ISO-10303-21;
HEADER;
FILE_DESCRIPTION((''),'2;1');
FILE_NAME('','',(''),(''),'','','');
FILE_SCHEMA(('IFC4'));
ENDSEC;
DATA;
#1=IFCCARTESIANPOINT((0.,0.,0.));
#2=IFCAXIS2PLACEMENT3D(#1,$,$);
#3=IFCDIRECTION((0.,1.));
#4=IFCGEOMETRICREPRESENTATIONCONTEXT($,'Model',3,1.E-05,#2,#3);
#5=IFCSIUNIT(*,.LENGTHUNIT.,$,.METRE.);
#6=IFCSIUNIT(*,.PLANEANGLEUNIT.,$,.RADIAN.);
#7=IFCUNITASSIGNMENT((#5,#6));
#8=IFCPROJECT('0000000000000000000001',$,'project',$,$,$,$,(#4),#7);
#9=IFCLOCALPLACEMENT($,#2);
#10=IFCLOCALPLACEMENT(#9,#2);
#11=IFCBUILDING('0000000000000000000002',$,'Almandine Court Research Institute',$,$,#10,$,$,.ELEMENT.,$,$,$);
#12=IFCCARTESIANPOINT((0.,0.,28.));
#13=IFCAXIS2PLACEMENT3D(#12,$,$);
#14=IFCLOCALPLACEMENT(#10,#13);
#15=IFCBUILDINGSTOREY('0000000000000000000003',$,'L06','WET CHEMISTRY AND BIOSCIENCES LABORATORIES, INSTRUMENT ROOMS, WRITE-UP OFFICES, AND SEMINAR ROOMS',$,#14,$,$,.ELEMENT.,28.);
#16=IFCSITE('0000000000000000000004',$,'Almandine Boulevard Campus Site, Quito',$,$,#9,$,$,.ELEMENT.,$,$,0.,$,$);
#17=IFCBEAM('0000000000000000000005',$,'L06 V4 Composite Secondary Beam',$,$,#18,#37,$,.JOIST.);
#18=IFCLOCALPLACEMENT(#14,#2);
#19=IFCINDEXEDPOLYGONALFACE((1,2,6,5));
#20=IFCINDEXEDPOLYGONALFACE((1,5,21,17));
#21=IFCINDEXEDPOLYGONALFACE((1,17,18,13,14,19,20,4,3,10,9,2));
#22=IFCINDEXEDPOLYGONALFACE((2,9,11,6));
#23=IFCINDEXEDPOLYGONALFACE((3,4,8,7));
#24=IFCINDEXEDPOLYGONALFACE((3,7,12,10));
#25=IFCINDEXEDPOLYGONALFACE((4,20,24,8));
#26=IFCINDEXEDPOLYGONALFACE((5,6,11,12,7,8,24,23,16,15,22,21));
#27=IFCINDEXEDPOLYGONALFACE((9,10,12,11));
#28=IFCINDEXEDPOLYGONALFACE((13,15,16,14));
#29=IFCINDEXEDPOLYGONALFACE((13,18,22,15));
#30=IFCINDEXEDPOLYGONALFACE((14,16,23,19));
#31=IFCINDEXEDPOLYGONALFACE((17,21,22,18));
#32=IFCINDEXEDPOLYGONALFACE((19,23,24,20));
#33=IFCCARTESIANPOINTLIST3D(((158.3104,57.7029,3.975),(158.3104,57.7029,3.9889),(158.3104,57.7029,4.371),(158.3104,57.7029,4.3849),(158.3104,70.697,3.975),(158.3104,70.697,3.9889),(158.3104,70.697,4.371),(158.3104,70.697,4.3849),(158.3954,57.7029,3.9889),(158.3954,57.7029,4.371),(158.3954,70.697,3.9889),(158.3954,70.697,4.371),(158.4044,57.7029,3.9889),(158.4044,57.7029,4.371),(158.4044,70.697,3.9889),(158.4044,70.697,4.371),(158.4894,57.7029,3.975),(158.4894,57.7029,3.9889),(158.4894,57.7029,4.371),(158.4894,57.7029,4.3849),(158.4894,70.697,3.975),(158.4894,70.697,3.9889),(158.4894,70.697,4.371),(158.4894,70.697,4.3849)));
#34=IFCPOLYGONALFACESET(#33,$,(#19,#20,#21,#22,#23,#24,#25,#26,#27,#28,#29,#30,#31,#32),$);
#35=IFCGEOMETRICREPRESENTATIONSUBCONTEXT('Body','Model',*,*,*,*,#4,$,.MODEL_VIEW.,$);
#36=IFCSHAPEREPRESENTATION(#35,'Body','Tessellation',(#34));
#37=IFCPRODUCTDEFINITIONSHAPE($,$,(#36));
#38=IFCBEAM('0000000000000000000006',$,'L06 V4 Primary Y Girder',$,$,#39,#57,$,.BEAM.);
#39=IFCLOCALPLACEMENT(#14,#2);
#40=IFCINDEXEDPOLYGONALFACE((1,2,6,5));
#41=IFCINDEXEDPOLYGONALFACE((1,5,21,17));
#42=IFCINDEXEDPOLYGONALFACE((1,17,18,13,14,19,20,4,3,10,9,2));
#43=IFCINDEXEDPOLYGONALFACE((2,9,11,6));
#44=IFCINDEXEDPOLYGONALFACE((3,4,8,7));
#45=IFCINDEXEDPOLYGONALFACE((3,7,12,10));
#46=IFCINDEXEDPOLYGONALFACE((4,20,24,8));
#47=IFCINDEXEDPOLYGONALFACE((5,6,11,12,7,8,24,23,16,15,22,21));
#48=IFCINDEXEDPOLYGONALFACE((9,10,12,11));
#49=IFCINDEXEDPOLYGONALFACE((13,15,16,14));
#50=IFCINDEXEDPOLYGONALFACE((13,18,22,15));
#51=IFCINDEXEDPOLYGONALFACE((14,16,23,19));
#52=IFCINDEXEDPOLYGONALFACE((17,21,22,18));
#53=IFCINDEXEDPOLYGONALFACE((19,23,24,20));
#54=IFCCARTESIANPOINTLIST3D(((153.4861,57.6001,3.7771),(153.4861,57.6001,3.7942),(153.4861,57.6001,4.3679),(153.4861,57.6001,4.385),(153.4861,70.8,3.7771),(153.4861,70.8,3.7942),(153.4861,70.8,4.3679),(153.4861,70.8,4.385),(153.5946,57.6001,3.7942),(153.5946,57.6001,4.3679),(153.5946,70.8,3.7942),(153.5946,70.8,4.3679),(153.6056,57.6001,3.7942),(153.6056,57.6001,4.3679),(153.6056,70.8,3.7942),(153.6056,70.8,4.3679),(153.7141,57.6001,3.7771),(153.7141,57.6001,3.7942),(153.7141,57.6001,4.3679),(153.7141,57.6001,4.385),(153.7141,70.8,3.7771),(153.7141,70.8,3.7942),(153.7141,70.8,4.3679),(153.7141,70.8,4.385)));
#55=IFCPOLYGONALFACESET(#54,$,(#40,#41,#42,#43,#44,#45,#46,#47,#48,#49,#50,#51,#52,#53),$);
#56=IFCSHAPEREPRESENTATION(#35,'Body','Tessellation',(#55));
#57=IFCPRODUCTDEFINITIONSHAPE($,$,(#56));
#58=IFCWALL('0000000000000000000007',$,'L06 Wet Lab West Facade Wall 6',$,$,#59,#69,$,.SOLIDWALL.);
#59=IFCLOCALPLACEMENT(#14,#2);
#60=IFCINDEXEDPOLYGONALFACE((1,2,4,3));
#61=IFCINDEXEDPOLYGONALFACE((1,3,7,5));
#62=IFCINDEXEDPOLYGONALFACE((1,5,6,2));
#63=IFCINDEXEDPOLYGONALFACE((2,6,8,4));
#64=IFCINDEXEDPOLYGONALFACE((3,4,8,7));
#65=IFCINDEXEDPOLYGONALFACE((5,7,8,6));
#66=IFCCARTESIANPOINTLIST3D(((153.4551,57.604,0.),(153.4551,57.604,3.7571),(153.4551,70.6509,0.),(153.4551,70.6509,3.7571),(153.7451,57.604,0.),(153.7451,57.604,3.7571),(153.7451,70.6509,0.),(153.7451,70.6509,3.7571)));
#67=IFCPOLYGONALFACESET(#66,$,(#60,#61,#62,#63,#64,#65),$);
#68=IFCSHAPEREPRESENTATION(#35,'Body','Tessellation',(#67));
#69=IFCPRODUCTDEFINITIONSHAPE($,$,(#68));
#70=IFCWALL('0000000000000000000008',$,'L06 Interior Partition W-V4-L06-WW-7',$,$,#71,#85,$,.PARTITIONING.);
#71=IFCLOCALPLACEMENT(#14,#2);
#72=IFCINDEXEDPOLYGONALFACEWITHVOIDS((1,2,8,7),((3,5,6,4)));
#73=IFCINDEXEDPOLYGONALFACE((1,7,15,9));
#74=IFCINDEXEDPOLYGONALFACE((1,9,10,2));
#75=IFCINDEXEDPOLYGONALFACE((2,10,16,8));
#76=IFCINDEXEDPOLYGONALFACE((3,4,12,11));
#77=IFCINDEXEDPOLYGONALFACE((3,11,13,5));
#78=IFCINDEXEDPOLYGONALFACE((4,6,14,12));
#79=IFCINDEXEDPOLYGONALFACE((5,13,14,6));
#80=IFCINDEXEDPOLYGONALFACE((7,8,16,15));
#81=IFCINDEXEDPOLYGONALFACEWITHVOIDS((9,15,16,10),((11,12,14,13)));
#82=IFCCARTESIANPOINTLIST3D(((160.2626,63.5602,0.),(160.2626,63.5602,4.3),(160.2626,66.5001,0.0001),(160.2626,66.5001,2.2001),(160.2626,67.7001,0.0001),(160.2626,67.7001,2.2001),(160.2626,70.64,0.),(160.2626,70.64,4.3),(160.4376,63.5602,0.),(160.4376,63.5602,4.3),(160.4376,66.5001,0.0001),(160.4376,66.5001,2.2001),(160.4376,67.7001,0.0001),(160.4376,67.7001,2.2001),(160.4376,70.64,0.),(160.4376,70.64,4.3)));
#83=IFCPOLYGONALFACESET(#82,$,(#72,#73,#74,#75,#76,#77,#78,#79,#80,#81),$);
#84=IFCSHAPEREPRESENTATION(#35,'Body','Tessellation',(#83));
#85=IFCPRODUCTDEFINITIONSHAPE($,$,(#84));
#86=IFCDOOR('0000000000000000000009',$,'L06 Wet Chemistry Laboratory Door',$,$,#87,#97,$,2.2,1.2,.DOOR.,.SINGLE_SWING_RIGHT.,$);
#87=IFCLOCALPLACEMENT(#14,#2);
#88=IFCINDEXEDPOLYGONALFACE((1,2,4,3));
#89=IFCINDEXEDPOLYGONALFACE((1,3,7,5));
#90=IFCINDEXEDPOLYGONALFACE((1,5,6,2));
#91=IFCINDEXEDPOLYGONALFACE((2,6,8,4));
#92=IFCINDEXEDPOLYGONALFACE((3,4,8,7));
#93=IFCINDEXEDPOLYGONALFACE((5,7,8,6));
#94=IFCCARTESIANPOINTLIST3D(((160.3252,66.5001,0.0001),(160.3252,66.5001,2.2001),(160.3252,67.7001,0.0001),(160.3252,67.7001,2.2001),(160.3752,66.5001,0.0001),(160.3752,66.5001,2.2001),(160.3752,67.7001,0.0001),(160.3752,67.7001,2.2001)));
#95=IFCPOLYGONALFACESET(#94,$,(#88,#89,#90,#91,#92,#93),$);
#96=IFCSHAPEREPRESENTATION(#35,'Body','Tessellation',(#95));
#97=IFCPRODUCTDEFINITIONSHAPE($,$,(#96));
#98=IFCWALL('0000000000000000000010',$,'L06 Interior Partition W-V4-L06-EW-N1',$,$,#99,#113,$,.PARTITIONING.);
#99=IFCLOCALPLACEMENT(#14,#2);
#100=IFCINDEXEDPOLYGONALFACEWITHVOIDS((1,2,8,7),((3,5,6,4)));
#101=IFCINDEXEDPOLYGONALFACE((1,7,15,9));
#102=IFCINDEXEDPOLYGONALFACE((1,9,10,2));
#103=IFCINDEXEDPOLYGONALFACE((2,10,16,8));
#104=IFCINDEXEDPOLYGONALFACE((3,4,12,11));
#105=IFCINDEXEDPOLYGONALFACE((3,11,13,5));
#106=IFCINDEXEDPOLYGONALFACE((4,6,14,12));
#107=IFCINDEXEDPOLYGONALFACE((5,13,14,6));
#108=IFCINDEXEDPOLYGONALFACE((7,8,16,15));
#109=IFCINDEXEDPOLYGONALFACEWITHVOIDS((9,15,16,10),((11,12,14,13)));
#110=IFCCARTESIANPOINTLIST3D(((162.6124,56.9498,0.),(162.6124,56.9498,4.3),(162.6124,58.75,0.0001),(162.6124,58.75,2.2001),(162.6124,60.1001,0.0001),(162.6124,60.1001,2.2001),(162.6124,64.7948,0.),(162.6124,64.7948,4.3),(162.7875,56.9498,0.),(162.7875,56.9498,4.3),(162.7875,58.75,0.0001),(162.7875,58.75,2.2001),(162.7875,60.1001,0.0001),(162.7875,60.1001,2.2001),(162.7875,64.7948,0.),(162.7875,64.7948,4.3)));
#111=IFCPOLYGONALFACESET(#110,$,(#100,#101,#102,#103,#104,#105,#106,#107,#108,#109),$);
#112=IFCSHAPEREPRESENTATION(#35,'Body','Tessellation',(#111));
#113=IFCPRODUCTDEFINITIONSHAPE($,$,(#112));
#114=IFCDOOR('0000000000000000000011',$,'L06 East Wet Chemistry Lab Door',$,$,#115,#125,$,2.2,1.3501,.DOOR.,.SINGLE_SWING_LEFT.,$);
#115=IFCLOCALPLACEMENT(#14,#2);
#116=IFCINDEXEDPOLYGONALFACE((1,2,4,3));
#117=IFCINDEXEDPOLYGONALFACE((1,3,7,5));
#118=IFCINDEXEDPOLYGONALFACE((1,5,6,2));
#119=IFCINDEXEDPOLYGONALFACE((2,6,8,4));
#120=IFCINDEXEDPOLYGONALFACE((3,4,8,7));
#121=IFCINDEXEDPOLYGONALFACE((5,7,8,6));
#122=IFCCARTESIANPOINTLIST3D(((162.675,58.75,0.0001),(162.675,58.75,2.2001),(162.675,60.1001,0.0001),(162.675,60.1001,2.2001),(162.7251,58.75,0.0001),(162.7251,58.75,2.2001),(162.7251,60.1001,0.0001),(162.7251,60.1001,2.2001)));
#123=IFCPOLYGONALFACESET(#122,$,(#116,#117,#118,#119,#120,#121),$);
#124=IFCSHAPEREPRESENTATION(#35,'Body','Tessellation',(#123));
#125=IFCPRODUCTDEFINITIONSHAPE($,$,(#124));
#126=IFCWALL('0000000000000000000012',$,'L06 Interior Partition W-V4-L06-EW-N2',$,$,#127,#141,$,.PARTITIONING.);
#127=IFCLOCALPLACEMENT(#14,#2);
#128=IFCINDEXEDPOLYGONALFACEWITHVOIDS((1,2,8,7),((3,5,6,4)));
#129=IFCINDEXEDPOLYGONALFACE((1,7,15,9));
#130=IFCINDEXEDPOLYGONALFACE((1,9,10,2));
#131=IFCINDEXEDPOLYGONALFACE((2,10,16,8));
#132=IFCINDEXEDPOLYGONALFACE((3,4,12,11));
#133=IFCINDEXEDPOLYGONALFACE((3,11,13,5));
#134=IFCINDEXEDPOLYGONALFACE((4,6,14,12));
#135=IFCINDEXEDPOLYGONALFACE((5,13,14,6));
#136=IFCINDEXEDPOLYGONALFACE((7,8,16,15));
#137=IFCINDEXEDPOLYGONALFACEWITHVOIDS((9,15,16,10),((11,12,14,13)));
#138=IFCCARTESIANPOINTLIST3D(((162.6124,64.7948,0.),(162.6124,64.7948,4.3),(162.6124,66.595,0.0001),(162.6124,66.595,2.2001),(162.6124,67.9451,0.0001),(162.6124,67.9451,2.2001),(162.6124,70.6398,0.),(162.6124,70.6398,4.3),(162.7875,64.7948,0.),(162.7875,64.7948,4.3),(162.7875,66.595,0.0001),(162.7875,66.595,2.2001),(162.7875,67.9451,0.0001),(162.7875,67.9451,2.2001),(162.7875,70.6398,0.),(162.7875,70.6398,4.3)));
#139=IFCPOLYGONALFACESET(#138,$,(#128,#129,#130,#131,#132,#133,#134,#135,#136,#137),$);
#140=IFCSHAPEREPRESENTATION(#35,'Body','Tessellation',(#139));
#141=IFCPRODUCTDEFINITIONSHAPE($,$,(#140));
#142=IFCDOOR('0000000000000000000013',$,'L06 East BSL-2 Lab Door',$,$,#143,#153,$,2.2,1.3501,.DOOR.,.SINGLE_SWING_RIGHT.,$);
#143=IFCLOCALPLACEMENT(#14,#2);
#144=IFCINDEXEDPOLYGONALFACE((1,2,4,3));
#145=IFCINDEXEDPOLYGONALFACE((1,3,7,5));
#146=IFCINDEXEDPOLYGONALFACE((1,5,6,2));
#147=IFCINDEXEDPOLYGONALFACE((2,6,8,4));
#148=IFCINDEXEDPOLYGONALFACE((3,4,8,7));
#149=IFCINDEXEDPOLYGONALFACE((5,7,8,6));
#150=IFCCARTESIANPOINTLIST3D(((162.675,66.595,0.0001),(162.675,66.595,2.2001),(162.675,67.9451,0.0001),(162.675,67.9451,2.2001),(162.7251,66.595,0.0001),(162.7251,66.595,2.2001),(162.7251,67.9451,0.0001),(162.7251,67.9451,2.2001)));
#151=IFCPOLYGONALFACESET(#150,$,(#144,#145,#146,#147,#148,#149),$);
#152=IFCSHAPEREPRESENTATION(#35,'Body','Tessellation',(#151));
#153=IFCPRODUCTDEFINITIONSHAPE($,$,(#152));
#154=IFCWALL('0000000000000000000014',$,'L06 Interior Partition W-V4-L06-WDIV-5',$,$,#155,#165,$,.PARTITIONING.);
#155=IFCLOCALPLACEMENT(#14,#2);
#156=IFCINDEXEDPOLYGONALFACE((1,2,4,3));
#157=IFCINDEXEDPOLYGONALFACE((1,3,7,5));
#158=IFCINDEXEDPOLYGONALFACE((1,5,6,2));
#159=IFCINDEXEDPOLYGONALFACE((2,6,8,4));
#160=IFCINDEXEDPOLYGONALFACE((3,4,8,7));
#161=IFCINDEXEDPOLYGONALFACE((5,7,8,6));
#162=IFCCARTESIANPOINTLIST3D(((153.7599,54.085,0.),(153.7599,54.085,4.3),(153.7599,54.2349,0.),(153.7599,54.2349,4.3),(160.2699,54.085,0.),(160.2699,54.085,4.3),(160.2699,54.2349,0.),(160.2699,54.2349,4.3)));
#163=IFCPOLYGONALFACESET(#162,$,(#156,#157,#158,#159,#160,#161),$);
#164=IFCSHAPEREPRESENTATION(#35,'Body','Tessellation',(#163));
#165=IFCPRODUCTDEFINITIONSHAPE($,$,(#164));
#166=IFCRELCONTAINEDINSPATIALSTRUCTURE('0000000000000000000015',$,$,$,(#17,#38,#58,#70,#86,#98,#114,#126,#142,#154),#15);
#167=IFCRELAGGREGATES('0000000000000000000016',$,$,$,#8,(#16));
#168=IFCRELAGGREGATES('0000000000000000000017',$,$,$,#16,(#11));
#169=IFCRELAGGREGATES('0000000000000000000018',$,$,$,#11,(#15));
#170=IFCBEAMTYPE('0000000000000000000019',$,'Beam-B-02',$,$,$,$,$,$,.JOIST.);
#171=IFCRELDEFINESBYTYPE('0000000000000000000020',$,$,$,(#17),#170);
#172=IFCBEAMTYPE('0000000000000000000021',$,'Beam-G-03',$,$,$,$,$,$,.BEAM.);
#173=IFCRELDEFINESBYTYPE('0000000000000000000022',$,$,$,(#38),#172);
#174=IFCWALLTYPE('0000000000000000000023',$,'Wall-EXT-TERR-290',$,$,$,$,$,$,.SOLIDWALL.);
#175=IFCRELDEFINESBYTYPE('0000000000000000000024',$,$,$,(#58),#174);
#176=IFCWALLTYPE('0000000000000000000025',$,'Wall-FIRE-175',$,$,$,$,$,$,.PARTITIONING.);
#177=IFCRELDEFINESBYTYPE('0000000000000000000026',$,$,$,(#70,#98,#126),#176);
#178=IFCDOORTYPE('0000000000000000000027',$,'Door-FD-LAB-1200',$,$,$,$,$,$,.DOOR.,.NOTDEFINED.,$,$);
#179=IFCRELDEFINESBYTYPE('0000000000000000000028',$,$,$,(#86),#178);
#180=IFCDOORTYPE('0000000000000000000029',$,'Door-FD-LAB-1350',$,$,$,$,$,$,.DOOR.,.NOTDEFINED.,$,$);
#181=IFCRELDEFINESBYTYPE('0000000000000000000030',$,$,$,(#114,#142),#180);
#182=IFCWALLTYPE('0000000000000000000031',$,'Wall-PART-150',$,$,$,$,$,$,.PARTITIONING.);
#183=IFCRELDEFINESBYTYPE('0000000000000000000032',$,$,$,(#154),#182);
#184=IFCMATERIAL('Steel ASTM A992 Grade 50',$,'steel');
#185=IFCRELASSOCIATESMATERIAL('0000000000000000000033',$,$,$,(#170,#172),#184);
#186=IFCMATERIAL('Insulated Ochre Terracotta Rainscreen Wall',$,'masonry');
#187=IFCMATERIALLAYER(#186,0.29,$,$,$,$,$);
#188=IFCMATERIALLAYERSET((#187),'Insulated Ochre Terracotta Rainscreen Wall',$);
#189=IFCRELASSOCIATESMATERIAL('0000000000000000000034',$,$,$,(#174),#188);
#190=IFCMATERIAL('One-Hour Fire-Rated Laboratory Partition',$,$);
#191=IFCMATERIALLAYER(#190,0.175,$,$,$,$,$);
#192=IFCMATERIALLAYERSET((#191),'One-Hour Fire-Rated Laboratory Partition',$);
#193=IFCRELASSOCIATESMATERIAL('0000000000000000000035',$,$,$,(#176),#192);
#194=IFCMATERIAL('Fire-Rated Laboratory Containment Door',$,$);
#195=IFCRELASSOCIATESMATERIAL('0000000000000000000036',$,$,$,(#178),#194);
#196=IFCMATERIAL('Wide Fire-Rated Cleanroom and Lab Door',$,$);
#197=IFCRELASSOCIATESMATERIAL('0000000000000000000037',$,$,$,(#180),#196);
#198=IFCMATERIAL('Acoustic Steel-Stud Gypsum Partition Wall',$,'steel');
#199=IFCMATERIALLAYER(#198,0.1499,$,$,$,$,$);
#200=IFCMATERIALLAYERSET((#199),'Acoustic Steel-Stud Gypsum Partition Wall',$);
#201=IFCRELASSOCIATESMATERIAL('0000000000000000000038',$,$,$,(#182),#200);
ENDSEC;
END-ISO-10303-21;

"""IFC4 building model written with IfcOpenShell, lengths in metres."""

from ifc_helpers import new_model, si_unit, direction, frame, frame_2d, origin, origin_2d, place, context, subcontext, project, spatial, rectangle, i_section, extrude, material, layer, layer_set, material_profile, profile_set, type_object, element, fill, save


model = new_model("IFC4")

# Units and contexts
model_context = context("Model", 3, precision=1e-05, world=origin(), true_north=direction((0.0, 1.0)))
body_context = subcontext(model_context, "Body", "Model", "MODEL_VIEW")
ifc_project = project(units=[si_unit("LENGTHUNIT", "METRE"), si_unit("PLANEANGLEUNIT", "RADIAN")], contexts=[model_context])

# Site, building, storey
site_placement = place(None, origin())
site = spatial("IfcSite", under=ifc_project, at=site_placement, Name="Almandine Boulevard Campus Site, Quito", CompositionType="ELEMENT", RefElevation=0.0)
building_placement = place(site_placement, origin())
building = spatial("IfcBuilding", under=site, at=building_placement, Name="Almandine Court Research Institute", CompositionType="ELEMENT")
storey_placement = place(building_placement, frame((0.0, 0.0, 28.0)))
storey = spatial("IfcBuildingStorey", under=building, at=storey_placement, Name="L06", Description="WET CHEMISTRY AND BIOSCIENCES LABORATORIES, INSTRUMENT ROOMS, WRITE-UP OFFICES, AND SEMINAR ROOMS", CompositionType="ELEMENT", Elevation=28.0)

# Beams
ifc_material_1 = material(Name="Steel ASTM A992 Grade 50", Category="steel")
ifc_material_profile_1 = material_profile(ifc_material_1, i_section(OverallWidth=0.179, OverallDepth=0.4099, WebThickness=0.009, FlangeThickness=0.0139, at=origin_2d()), Name="W410x67")
ifc_profile_set_1 = profile_set([ifc_material_profile_1], Name="Steel ASTM A992 Grade 50")
beam_type_1 = type_object("IfcBeamType", Name="Beam-B-02", PredefinedType="JOIST", material=ifc_profile_set_1)
beam_1_placement = place(storey_placement, frame((158.3999, 57.7029, 4.1799), z_axis=(0.0, 1.0, 0.0), x_axis=(-1.0, 0.0, 0.0)))
element("IfcBeam", 1, at=beam_1_placement, inside=storey, type_object=beam_type_1, Name="L06 V4 Composite Secondary Beam", PredefinedType="JOIST", context=body_context, shape_type="SweptSolid", body=[
    extrude(i_section(OverallWidth=0.179, OverallDepth=0.4099, WebThickness=0.009, FlangeThickness=0.0139, at=origin_2d()), origin(), (0.0, 0.0, 1.0), 12.9941),
])
ifc_material_profile_2 = material_profile(ifc_material_1, i_section(OverallWidth=0.228, OverallDepth=0.6079, WebThickness=0.011, FlangeThickness=0.0171, at=origin_2d()), Name="W610x113")
ifc_profile_set_2 = profile_set([ifc_material_profile_2], Name="Steel ASTM A992 Grade 50")
beam_type_2 = type_object("IfcBeamType", Name="Beam-G-03", PredefinedType="BEAM", material=ifc_profile_set_2)
beam_2_placement = place(storey_placement, frame((153.6001, 57.6001, 4.0811), z_axis=(0.0, 1.0, 0.0), x_axis=(-1.0, 0.0, 0.0)))
element("IfcBeam", 2, at=beam_2_placement, inside=storey, type_object=beam_type_2, Name="L06 V4 Primary Y Girder", PredefinedType="BEAM", context=body_context, shape_type="SweptSolid", body=[
    extrude(i_section(OverallWidth=0.228, OverallDepth=0.6079, WebThickness=0.011, FlangeThickness=0.0171, at=origin_2d()), origin(), (0.0, 0.0, 1.0), 13.2),
])

# Wall
ifc_material_2 = material(Name="Insulated Ochre Terracotta Rainscreen Wall", Category="masonry")
ifc_layer_1 = layer(ifc_material_2, 0.29)
ifc_layer_set_1 = layer_set([ifc_layer_1], Name="Insulated Ochre Terracotta Rainscreen Wall")
wall_type_1 = type_object("IfcWallType", Name="Wall-EXT-TERR-290", PredefinedType="SOLIDWALL", material=ifc_layer_set_1)
wall_1_placement = place(storey_placement, frame((153.6001, 57.604, 0.0), z_axis=(0.0, 0.0, 1.0), x_axis=(0.0, 1.0, 0.0)))
element("IfcWall", 3, at=wall_1_placement, inside=storey, type_object=wall_type_1, Name="L06 Wet Lab West Facade Wall 6", PredefinedType="SOLIDWALL", context=body_context, shape_type="SweptSolid", body=[
    extrude(rectangle(XDim=13.0469, YDim=0.29, at=frame_2d((6.5234, 0.0))), origin(), (0.0, 0.0, 1.0), 3.7571),
])

# Walls, openings, doors
ifc_material_3 = material(Name="One-Hour Fire-Rated Laboratory Partition")
ifc_layer_2 = layer(ifc_material_3, 0.175)
ifc_layer_set_2 = layer_set([ifc_layer_2], Name="One-Hour Fire-Rated Laboratory Partition")
wall_type_2 = type_object("IfcWallType", Name="Wall-FIRE-175", PredefinedType="PARTITIONING", material=ifc_layer_set_2)
wall_2_placement = place(storey_placement, frame((160.3501, 63.5601, 0.0), z_axis=(0.0, 0.0, 1.0), x_axis=(0.0, 1.0, 0.0)))
wall_2 = element("IfcWall", 4, at=wall_2_placement, inside=storey, type_object=wall_type_2, Name="L06 Interior Partition W-V4-L06-WW-7", PredefinedType="PARTITIONING", context=body_context, shape_type="SweptSolid", body=[
    extrude(rectangle(XDim=7.0798, YDim=0.175, at=frame_2d((3.54, 0.0))), origin(), (0.0, 0.0, 1.0), 4.3),
])
opening_1_placement = place(wall_2_placement, frame((2.9399, 0.0, 0.0)))
opening_1 = element("IfcOpeningElement", 5, at=opening_1_placement, cuts=wall_2, PredefinedType="OPENING", context=body_context, shape_type="SweptSolid", body=[
    extrude(rectangle(XDim=1.2, YDim=2.2, at=frame_2d((0.6001, 1.1001))), frame((0.0, 0.0974, 0.0), z_axis=(0.0, -1.0, 0.0), x_axis=(1.0, 0.0, 0.0)), (0.0, 0.0, 1.0), 0.1951),
])
ifc_material_4 = material(Name="Fire-Rated Laboratory Containment Door")
door_type_1 = type_object("IfcDoorType", Name="Door-FD-LAB-1200", OperationType="NOTDEFINED", PredefinedType="DOOR", material=ifc_material_4)
door_1_placement = place(opening_1_placement, origin())
door_1 = element("IfcDoor", 6, at=door_1_placement, inside=storey, type_object=door_type_1, Name="L06 Wet Chemistry Laboratory Door", OperationType="SINGLE_SWING_RIGHT", OverallHeight=2.2, OverallWidth=1.2, PredefinedType="DOOR", context=body_context, shape_type="SweptSolid", body=[
    extrude(rectangle(XDim=1.2, YDim=2.2, at=frame_2d((0.6001, 1.1001))), frame((0.0, 0.0249, 0.0), z_axis=(0.0, -1.0, 0.0), x_axis=(1.0, 0.0, 0.0)), (0.0, 0.0, 1.0), 0.05),
])
fill(opening_1, door_1)
wall_3_placement = place(storey_placement, frame((162.7, 56.95, 0.0), z_axis=(0.0, 0.0, 1.0), x_axis=(0.0, 1.0, 0.0)))
wall_3 = element("IfcWall", 7, at=wall_3_placement, inside=storey, type_object=wall_type_2, Name="L06 Interior Partition W-V4-L06-EW-N1", PredefinedType="PARTITIONING", context=body_context, shape_type="SweptSolid", body=[
    extrude(rectangle(XDim=7.845, YDim=0.175, at=frame_2d((3.9224, 0.0))), origin(), (0.0, 0.0, 1.0), 4.3),
])
opening_2_placement = place(wall_3_placement, frame((1.8, 0.0, 0.0)))
opening_2 = element("IfcOpeningElement", 8, at=opening_2_placement, cuts=wall_3, PredefinedType="OPENING", context=body_context, shape_type="SweptSolid", body=[
    extrude(rectangle(XDim=1.3501, YDim=2.2, at=frame_2d((0.675, 1.1001))), frame((0.0, 0.0974, 0.0), z_axis=(0.0, -1.0, 0.0), x_axis=(1.0, 0.0, 0.0)), (0.0, 0.0, 1.0), 0.1951),
])
ifc_material_5 = material(Name="Wide Fire-Rated Cleanroom and Lab Door")
door_type_2 = type_object("IfcDoorType", Name="Door-FD-LAB-1350", OperationType="NOTDEFINED", PredefinedType="DOOR", material=ifc_material_5)
door_2_placement = place(opening_2_placement, origin())
door_2 = element("IfcDoor", 9, at=door_2_placement, inside=storey, type_object=door_type_2, Name="L06 East Wet Chemistry Lab Door", OperationType="SINGLE_SWING_LEFT", OverallHeight=2.2, OverallWidth=1.3501, PredefinedType="DOOR", context=body_context, shape_type="SweptSolid", body=[
    extrude(rectangle(XDim=1.3501, YDim=2.2, at=frame_2d((0.675, 1.1001))), frame((0.0, 0.0249, 0.0), z_axis=(0.0, -1.0, 0.0), x_axis=(1.0, 0.0, 0.0)), (0.0, 0.0, 1.0), 0.05),
])
fill(opening_2, door_2)
wall_4_placement = place(storey_placement, frame((162.7, 64.7949, 0.0), z_axis=(0.0, 0.0, 1.0), x_axis=(0.0, 1.0, 0.0)))
wall_4 = element("IfcWall", 10, at=wall_4_placement, inside=storey, type_object=wall_type_2, Name="L06 Interior Partition W-V4-L06-EW-N2", PredefinedType="PARTITIONING", context=body_context, shape_type="SweptSolid", body=[
    extrude(rectangle(XDim=5.845, YDim=0.175, at=frame_2d((2.9224, 0.0))), origin(), (0.0, 0.0, 1.0), 4.3),
])
opening_3_placement = place(wall_4_placement, frame((1.8, 0.0, 0.0)))
opening_3 = element("IfcOpeningElement", 11, at=opening_3_placement, cuts=wall_4, PredefinedType="OPENING", context=body_context, shape_type="SweptSolid", body=[
    extrude(rectangle(XDim=1.3501, YDim=2.2, at=frame_2d((0.675, 1.1001))), frame((0.0, 0.0974, 0.0), z_axis=(0.0, -1.0, 0.0), x_axis=(1.0, 0.0, 0.0)), (0.0, 0.0, 1.0), 0.1951),
])
door_3_placement = place(opening_3_placement, origin())
door_3 = element("IfcDoor", 12, at=door_3_placement, inside=storey, type_object=door_type_2, Name="L06 East BSL-2 Lab Door", OperationType="SINGLE_SWING_RIGHT", OverallHeight=2.2, OverallWidth=1.3501, PredefinedType="DOOR", context=body_context, shape_type="SweptSolid", body=[
    extrude(rectangle(XDim=1.3501, YDim=2.2, at=frame_2d((0.675, 1.1001))), frame((0.0, 0.0249, 0.0), z_axis=(0.0, -1.0, 0.0), x_axis=(1.0, 0.0, 0.0)), (0.0, 0.0, 1.0), 0.05),
])
fill(opening_3, door_3)

# Wall
ifc_material_6 = material(Name="Acoustic Steel-Stud Gypsum Partition Wall", Category="steel")
ifc_layer_3 = layer(ifc_material_6, 0.1499)
ifc_layer_set_3 = layer_set([ifc_layer_3], Name="Acoustic Steel-Stud Gypsum Partition Wall")
wall_type_3 = type_object("IfcWallType", Name="Wall-PART-150", PredefinedType="PARTITIONING", material=ifc_layer_set_3)
wall_5_placement = place(storey_placement, frame((153.76, 54.1599, 0.0), z_axis=(0.0, 0.0, 1.0), x_axis=(1.0, 0.0, 0.0)))
element("IfcWall", 13, at=wall_5_placement, inside=storey, type_object=wall_type_3, Name="L06 Interior Partition W-V4-L06-WDIV-5", PredefinedType="PARTITIONING", context=body_context, shape_type="SweptSolid", body=[
    extrude(rectangle(XDim=6.51, YDim=0.1499, at=frame_2d((3.2549, 0.0))), origin(), (0.0, 0.0, 1.0), 4.3),
])

save(model, "model.ifc")
